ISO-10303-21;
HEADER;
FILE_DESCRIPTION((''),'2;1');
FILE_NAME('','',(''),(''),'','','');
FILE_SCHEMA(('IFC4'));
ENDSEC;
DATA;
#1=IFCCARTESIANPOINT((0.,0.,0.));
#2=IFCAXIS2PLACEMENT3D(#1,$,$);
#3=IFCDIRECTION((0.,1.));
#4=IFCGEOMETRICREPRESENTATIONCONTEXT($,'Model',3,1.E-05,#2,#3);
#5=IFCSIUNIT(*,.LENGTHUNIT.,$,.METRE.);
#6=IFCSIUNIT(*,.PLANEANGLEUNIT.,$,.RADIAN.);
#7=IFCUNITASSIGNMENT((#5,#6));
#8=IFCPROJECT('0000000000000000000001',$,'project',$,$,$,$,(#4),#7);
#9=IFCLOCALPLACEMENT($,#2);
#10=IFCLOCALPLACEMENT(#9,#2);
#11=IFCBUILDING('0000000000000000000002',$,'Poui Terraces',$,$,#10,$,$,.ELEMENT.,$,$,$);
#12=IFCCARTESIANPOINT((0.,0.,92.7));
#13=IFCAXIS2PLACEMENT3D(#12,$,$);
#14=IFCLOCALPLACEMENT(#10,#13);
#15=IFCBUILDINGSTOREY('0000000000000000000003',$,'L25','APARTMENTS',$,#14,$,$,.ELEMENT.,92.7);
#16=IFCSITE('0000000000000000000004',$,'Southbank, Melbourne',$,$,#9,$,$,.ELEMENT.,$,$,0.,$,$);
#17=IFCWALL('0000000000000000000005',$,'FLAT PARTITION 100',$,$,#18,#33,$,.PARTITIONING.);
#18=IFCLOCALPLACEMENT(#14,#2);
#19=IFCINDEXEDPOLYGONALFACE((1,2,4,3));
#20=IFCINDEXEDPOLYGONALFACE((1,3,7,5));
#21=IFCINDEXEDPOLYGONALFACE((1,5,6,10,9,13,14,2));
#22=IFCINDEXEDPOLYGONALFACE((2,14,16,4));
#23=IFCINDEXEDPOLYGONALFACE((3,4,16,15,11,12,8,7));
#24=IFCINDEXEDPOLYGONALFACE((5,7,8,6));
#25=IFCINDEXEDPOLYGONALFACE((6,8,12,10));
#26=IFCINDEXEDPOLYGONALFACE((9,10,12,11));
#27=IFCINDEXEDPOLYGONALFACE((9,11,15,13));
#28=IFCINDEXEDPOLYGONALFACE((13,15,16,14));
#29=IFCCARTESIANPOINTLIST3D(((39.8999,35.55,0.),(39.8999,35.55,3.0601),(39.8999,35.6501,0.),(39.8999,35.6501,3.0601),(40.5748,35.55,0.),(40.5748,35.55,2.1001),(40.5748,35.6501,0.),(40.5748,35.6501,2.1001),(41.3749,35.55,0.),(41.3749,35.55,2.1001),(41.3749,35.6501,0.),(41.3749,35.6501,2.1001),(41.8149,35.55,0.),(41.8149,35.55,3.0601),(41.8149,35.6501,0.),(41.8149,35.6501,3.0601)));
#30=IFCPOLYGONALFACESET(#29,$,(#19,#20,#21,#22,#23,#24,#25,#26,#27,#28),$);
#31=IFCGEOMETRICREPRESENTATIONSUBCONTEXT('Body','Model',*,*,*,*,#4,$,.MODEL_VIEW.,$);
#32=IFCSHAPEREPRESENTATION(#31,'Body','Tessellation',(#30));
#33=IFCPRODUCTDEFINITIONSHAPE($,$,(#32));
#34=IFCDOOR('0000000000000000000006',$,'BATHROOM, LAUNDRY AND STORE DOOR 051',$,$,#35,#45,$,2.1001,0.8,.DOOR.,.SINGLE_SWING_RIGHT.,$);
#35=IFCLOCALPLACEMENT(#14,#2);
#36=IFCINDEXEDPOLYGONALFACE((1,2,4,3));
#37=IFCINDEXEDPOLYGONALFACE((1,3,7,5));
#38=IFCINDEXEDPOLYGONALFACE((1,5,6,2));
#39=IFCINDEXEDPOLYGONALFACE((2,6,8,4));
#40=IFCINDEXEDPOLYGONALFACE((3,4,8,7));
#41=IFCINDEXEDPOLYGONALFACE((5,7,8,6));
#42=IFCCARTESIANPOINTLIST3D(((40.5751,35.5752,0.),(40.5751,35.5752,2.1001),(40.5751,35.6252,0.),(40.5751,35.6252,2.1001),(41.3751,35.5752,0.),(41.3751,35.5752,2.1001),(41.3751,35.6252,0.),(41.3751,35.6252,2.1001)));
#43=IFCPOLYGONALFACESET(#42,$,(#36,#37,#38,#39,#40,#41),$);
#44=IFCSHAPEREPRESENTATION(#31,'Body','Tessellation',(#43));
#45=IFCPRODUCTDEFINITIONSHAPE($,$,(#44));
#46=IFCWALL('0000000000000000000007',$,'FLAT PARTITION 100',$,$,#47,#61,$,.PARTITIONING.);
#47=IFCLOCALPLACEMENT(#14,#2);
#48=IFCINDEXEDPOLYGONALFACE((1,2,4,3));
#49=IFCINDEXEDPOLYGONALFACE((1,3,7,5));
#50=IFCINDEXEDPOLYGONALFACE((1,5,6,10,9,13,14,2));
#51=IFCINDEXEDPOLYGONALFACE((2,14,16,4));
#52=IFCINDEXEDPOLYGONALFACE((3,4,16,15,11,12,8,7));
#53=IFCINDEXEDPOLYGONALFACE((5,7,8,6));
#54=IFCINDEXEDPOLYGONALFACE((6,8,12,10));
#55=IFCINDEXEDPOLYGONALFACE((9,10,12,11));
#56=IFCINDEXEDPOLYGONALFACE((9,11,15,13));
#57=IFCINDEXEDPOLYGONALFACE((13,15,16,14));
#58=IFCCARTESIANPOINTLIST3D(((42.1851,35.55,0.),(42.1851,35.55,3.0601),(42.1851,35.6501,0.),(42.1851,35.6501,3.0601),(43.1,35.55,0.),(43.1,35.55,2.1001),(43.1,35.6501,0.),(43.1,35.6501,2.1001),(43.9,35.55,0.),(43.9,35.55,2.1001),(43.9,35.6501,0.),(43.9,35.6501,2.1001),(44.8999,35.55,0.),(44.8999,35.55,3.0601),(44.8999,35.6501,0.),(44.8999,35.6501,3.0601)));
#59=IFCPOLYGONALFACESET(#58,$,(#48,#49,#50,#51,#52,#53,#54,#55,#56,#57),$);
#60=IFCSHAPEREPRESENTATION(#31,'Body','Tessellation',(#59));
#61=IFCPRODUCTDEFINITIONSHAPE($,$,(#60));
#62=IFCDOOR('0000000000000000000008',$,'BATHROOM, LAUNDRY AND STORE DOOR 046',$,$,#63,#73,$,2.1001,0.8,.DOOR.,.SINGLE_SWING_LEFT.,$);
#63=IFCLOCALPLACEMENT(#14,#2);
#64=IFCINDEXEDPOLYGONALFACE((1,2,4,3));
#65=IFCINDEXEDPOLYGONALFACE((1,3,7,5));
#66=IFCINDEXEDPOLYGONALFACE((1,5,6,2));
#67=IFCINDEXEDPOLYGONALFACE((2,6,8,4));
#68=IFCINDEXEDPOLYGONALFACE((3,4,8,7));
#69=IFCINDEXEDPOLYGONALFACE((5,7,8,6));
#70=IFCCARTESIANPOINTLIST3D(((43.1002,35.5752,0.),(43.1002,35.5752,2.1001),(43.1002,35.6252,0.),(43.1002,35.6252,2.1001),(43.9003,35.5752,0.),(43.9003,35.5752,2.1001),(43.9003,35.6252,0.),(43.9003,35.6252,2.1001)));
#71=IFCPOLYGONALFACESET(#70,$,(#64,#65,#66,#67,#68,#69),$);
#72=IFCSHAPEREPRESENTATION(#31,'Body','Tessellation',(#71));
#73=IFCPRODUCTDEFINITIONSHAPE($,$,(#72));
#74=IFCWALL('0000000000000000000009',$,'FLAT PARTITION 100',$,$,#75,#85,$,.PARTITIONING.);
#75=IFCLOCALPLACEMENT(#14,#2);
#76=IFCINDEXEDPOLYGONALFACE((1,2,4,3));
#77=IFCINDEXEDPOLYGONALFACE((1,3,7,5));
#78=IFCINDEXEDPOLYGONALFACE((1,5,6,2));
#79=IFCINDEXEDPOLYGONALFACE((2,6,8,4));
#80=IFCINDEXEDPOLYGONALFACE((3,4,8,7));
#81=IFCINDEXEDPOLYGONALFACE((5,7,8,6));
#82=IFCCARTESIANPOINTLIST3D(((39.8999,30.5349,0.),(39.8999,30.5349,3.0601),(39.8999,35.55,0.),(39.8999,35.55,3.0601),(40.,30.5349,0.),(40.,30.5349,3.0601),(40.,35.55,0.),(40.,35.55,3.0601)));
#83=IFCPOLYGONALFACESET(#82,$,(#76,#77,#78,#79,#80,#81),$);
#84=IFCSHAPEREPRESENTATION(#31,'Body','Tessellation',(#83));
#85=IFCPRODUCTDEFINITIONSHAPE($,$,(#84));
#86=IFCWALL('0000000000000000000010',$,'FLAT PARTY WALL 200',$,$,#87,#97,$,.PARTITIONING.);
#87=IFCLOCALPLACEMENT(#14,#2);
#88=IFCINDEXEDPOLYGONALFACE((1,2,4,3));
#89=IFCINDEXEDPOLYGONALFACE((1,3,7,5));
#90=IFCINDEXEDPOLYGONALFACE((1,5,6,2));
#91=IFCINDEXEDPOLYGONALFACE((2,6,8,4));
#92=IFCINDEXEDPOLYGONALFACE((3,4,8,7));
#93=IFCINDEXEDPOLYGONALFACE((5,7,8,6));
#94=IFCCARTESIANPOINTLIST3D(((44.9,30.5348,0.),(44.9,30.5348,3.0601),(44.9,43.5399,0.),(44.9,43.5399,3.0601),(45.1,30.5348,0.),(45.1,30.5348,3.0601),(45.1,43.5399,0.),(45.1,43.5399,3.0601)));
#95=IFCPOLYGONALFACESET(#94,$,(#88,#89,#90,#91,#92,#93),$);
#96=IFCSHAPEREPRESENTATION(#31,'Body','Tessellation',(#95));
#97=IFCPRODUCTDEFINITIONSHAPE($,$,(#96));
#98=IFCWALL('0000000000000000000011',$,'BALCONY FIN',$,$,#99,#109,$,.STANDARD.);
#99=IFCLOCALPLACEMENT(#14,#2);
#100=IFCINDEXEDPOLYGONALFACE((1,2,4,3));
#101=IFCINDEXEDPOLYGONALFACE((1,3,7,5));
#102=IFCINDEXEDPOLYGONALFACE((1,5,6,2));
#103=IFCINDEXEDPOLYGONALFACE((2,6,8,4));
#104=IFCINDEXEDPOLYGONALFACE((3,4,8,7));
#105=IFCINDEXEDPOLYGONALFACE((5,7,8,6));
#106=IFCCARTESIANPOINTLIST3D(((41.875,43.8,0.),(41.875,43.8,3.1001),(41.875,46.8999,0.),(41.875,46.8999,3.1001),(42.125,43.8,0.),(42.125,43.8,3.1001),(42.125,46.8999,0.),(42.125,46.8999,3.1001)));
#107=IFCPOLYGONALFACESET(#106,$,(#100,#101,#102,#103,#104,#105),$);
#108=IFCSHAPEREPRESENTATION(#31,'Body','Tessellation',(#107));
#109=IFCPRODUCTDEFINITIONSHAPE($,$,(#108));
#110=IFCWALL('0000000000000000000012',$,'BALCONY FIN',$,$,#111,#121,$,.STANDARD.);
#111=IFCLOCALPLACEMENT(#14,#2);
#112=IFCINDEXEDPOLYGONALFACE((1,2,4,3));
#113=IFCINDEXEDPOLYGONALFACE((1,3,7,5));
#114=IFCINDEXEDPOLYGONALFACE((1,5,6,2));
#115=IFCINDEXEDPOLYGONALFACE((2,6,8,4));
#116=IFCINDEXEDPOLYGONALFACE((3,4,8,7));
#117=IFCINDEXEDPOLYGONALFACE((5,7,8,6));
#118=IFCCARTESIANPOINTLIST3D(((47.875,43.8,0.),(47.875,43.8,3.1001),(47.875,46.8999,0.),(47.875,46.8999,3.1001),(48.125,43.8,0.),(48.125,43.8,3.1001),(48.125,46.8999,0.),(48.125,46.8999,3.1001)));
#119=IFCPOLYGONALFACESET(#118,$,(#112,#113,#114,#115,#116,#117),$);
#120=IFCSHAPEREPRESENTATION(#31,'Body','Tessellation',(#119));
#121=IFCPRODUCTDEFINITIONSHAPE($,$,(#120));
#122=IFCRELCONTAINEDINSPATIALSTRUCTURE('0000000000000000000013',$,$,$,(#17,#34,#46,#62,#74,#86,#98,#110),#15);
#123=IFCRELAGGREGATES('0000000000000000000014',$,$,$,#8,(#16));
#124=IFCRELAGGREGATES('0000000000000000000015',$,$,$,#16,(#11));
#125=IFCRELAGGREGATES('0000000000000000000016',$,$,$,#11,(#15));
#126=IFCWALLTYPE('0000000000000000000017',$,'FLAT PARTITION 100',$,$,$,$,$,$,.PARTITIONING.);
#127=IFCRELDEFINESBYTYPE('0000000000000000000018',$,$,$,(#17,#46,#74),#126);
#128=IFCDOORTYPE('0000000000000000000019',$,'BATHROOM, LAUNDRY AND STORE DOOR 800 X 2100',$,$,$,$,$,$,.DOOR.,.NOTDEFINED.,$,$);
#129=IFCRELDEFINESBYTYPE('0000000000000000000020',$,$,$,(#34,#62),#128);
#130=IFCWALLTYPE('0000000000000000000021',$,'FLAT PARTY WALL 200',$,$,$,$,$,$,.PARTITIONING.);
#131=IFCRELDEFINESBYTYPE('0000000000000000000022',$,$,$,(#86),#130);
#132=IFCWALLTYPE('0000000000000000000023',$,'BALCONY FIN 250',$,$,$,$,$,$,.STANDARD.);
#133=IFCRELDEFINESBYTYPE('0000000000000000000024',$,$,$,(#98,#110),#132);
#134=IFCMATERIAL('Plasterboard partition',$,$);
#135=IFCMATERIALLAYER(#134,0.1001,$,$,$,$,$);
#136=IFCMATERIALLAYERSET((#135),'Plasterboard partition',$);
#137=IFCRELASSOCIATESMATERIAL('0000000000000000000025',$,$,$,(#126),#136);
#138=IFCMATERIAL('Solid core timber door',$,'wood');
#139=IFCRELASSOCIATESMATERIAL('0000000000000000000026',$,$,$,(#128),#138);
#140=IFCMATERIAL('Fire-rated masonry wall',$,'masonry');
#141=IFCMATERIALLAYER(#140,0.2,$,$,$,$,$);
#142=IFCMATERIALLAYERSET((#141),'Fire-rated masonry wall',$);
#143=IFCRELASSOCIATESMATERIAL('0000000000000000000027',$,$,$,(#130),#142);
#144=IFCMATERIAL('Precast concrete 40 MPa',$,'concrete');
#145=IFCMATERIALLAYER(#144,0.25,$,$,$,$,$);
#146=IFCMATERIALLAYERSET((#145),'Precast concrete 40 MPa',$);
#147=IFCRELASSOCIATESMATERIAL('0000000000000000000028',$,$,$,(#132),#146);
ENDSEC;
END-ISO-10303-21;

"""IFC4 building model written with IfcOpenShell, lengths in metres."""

from ifc_helpers import new_model, si_unit, direction, frame, frame_2d, origin, place, context, subcontext, project, spatial, polyline, rectangle, outline, extrude, source, transform, mapped, material, layer, layer_set, type_object, element, fill, save


model = new_model("IFC4")

# Units and contexts
model_context = context("Model", 3, precision=1e-05, world=origin(), true_north=direction((0.0, 1.0)))
body_context = subcontext(model_context, "Body", "Model", "MODEL_VIEW")
ifc_project = project(units=[si_unit("LENGTHUNIT", "METRE"), si_unit("PLANEANGLEUNIT", "RADIAN")], contexts=[model_context])

# Site, building, storey
site_placement = place(None, origin())
site = spatial("IfcSite", under=ifc_project, at=site_placement, Name="Southbank, Melbourne", CompositionType="ELEMENT", RefElevation=0.0)
building_placement = place(site_placement, origin())
building = spatial("IfcBuilding", under=site, at=building_placement, Name="Poui Terraces", CompositionType="ELEMENT")
storey_placement = place(building_placement, frame((0.0, 0.0, 92.7)))
storey = spatial("IfcBuildingStorey", under=building, at=storey_placement, Name="L25", Description="APARTMENTS", CompositionType="ELEMENT", Elevation=92.7)

# Walls, openings, doors
ifc_material_1 = material(Name="Solid core timber door", Category="wood")
ifc_material_2 = material(Name="Plasterboard partition")
ifc_layer_1 = layer(ifc_material_2, 0.1001)
ifc_layer_set_1 = layer_set([ifc_layer_1], Name="Plasterboard partition")
wall_type_1 = type_object("IfcWallType", Name="FLAT PARTITION 100", PredefinedType="PARTITIONING", material=ifc_layer_set_1)
door_type_1 = type_object("IfcDoorType", Name="BATHROOM, LAUNDRY AND STORE DOOR 800 X 2100", OperationType="NOTDEFINED", PredefinedType="DOOR", material=ifc_material_1)
wall_1_placement = place(storey_placement, frame((39.8999, 35.6001, 0.0), z_axis=(0.0, 0.0, 1.0), x_axis=(1.0, 0.0, 0.0)))
wall_1 = element("IfcWall", 1, at=wall_1_placement, inside=storey, type_object=wall_type_1, Name="FLAT PARTITION 100", PredefinedType="PARTITIONING", context=body_context, shape_type="SweptSolid", body=[
    extrude(rectangle(XDim=1.915, YDim=0.1001, at=frame_2d((0.9575, 0.0))), origin(), (0.0, 0.0, 1.0), 3.0601),
])
opening_1_placement = place(wall_1_placement, frame((0.675, 0.0, 0.0)))
opening_1 = element("IfcOpeningElement", 2, at=opening_1_placement, cuts=wall_1, PredefinedType="OPENING", context=body_context, shape_type="SweptSolid", body=[
    extrude(rectangle(XDim=0.8, YDim=2.1001, at=frame_2d((0.3999, 1.05))), frame((0.0, 0.0601, 0.0), z_axis=(0.0, -1.0, 0.0), x_axis=(1.0, 0.0, 0.0)), (0.0, 0.0, 1.0), 0.1201),
])
door_1_placement = place(opening_1_placement, frame((0.8, 0.0, 0.0), z_axis=(0.0, 0.0, 1.0), x_axis=(-1.0, 0.0, 0.0)))
door_1 = element("IfcDoor", 3, at=door_1_placement, inside=storey, type_object=door_type_1, Name="BATHROOM, LAUNDRY AND STORE DOOR 051", OperationType="SINGLE_SWING_RIGHT", OverallHeight=2.1001, OverallWidth=0.8, PredefinedType="DOOR", context=body_context, shape_type="SweptSolid", body=[
    extrude(rectangle(XDim=0.8, YDim=2.1001, at=frame_2d((0.3999, 1.05))), frame((0.0, 0.0249, 0.0), z_axis=(0.0, -1.0, 0.0), x_axis=(1.0, 0.0, 0.0)), (0.0, 0.0, 1.0), 0.05),
])
fill(opening_1, door_1)
wall_2_placement = place(storey_placement, frame((42.1851, 35.6001, 0.0), z_axis=(0.0, 0.0, 1.0), x_axis=(1.0, 0.0, 0.0)))
wall_2 = element("IfcWall", 4, at=wall_2_placement, inside=storey, type_object=wall_type_1, Name="FLAT PARTITION 100", PredefinedType="PARTITIONING", context=body_context, shape_type="SweptSolid", body=[
    extrude(rectangle(XDim=2.7148, YDim=0.1001, at=frame_2d((1.3574, 0.0))), origin(), (0.0, 0.0, 1.0), 3.0601),
])
opening_2_placement = place(wall_2_placement, frame((0.915, 0.0, 0.0)))
opening_2 = element("IfcOpeningElement", 5, at=opening_2_placement, cuts=wall_2, PredefinedType="OPENING", context=body_context, shape_type="SweptSolid", body=[
    extrude(rectangle(XDim=0.8, YDim=2.1001, at=frame_2d((0.3999, 1.05))), frame((0.0, 0.0601, 0.0), z_axis=(0.0, -1.0, 0.0), x_axis=(1.0, 0.0, 0.0)), (0.0, 0.0, 1.0), 0.1201),
])
door_2_placement = place(opening_2_placement, frame((0.8, 0.0, 0.0), z_axis=(0.0, 0.0, 1.0), x_axis=(-1.0, 0.0, 0.0)))
door_2 = element("IfcDoor", 6, at=door_2_placement, inside=storey, type_object=door_type_1, Name="BATHROOM, LAUNDRY AND STORE DOOR 046", OperationType="SINGLE_SWING_LEFT", OverallHeight=2.1001, OverallWidth=0.8, PredefinedType="DOOR", context=body_context, shape_type="SweptSolid", body=[
    extrude(rectangle(XDim=0.8, YDim=2.1001, at=frame_2d((0.3999, 1.05))), frame((0.0, 0.0249, 0.0), z_axis=(0.0, -1.0, 0.0), x_axis=(1.0, 0.0, 0.0)), (0.0, 0.0, 1.0), 0.05),
])
fill(opening_2, door_2)

# Walls
wall_3_placement = place(storey_placement, frame((39.95, 30.5349, 0.0), z_axis=(0.0, 0.0, 1.0), x_axis=(0.0, 1.0, 0.0)))
element("IfcWall", 7, at=wall_3_placement, inside=storey, type_object=wall_type_1, Name="FLAT PARTITION 100", PredefinedType="PARTITIONING", context=body_context, shape_type="SweptSolid", body=[
    extrude(rectangle(XDim=5.0151, YDim=0.1001, at=frame_2d((2.5076, 0.0))), origin(), (0.0, 0.0, 1.0), 3.0601),
])
ifc_material_3 = material(Name="Fire-rated masonry wall", Category="masonry")
ifc_layer_2 = layer(ifc_material_3, 0.2)
ifc_layer_set_2 = layer_set([ifc_layer_2], Name="Fire-rated masonry wall")
wall_type_2 = type_object("IfcWallType", Name="FLAT PARTY WALL 200", PredefinedType="PARTITIONING", material=ifc_layer_set_2)
wall_4_placement = place(storey_placement, frame((45.0, 30.5349, 0.0), z_axis=(0.0, 0.0, 1.0), x_axis=(0.0, 1.0, 0.0)))
element("IfcWall", 8, at=wall_4_placement, inside=storey, type_object=wall_type_2, Name="FLAT PARTY WALL 200", PredefinedType="PARTITIONING", context=body_context, shape_type="SweptSolid", body=[
    extrude(rectangle(XDim=13.0051, YDim=0.2, at=frame_2d((6.5024, 0.0))), origin(), (0.0, 0.0, 1.0), 3.0601),
])
ifc_material_4 = material(Name="Precast concrete 40 MPa", Category="concrete")
ifc_layer_3 = layer(ifc_material_4, 0.25)
ifc_layer_set_3 = layer_set([ifc_layer_3], Name="Precast concrete 40 MPa")
wall_type_3 = type_object("IfcWallType", Name="BALCONY FIN 250", PredefinedType="STANDARD", material=ifc_layer_set_3)
shared_shape_1 = source(origin(), body_context, "Body", "SweptSolid", [
    extrude(outline(polyline([(0.0, 0.0), (0.25, 0.0), (0.25, 3.0999), (0.0, 3.0999), (0.0, 0.0)])), origin(), (0.0, 0.0, 1.0), 3.1001),
])
for number, where, name in (
    (9, (41.875, 43.8, 0.0), "BALCONY FIN"),
    (10, (47.875, 43.8, 0.0), "BALCONY FIN"),
):
    element("IfcWall", number, at=place(storey_placement, frame(where)), inside=storey, type_object=wall_type_3, Name=name, PredefinedType="STANDARD", context=body_context, shape_type="MappedRepresentation", body=[
        mapped(shared_shape_1, transform((0.0, 0.0, 0.0))),
    ])

save(model, "model.ifc")
